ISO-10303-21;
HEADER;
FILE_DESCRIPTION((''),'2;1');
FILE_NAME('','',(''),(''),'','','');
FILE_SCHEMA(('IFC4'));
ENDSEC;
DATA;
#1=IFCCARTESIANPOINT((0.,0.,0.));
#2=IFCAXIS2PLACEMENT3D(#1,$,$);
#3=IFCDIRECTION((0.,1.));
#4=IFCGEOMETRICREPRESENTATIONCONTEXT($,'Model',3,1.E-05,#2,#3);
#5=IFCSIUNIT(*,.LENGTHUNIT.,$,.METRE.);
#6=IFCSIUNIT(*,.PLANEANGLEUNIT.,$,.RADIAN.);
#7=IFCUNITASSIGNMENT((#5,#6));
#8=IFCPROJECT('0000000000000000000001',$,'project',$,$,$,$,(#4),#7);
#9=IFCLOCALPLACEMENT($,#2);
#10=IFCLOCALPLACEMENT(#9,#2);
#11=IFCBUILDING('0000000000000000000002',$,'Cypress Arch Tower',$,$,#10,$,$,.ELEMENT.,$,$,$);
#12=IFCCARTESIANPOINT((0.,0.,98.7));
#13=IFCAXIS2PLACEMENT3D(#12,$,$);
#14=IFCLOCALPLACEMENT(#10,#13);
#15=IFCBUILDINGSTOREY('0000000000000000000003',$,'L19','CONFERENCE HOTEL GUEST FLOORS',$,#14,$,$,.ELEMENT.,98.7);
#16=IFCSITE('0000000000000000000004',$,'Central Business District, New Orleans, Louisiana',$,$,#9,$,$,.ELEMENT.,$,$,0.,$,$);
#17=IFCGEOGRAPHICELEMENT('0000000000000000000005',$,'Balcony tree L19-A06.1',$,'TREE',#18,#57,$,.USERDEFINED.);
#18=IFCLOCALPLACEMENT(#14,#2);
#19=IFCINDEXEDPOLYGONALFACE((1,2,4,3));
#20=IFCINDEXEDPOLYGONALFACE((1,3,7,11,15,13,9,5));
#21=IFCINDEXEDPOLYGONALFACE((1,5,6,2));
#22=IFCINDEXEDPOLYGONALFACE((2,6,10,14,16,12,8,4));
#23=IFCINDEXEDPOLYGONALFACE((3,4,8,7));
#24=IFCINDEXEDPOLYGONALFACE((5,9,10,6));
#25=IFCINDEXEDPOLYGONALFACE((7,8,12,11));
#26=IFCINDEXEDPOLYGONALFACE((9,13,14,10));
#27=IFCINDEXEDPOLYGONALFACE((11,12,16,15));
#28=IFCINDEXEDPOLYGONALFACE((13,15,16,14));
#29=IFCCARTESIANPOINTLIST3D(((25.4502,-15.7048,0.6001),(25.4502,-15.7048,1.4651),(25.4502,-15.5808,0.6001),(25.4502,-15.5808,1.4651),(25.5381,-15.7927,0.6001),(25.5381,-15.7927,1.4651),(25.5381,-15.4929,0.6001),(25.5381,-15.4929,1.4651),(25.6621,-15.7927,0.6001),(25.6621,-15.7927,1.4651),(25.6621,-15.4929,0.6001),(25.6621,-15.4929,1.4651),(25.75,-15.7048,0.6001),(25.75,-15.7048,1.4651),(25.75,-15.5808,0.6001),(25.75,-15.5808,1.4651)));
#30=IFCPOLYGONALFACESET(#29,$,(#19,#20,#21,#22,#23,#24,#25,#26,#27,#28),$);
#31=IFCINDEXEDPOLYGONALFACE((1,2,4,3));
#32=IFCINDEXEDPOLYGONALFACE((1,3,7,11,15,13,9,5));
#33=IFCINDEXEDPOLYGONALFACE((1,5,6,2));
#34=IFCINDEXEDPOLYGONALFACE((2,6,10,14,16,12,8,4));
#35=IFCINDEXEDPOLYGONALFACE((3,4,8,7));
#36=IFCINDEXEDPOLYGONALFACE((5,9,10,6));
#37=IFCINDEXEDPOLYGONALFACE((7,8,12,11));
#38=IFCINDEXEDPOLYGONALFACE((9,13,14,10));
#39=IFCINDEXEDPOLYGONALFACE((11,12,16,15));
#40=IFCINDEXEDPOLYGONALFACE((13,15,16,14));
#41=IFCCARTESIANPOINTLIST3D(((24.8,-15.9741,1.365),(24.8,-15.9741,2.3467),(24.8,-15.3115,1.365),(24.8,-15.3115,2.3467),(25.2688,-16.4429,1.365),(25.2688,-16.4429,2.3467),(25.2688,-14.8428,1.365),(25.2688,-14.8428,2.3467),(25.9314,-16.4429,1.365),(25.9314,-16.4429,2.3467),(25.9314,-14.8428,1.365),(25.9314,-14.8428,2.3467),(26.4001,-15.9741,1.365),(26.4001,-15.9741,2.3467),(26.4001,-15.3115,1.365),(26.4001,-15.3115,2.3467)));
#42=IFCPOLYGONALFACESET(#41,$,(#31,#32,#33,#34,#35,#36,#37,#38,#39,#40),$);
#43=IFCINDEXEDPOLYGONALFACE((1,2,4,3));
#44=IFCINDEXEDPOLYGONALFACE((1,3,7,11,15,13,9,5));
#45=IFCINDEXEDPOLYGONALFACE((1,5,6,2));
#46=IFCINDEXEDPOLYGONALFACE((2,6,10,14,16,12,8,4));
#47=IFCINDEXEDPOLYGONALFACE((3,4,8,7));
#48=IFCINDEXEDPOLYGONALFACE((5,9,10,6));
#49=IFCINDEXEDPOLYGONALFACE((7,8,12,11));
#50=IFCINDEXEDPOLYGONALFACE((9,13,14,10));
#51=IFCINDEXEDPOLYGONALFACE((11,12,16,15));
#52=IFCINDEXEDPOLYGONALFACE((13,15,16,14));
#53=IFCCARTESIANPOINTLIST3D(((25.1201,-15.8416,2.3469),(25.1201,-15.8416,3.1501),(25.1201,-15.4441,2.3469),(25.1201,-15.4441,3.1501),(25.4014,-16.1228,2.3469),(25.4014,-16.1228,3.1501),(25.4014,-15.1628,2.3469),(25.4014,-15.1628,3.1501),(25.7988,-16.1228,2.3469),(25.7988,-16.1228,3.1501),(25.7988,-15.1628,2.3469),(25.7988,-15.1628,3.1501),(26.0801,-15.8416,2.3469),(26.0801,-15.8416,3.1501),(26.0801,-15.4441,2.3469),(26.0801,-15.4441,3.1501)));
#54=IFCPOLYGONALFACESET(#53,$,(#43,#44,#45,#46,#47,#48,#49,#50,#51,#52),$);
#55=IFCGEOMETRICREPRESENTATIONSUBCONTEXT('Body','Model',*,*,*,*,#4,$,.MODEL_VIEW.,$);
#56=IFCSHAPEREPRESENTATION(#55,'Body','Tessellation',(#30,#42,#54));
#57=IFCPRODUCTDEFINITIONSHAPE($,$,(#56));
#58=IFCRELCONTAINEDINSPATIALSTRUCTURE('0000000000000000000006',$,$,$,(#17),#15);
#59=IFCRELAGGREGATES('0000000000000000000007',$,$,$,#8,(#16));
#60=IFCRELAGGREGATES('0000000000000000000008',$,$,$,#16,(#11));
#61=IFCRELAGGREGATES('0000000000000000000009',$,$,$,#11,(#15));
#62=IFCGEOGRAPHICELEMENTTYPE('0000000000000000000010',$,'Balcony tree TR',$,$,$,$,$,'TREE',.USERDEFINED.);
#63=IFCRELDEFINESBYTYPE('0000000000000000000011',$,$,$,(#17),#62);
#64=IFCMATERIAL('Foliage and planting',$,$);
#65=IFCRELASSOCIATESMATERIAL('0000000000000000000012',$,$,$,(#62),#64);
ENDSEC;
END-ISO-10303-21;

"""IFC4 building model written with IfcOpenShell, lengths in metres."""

from ifc_helpers import new_model, si_unit, direction, frame, origin, place, context, subcontext, project, spatial, polyline, outline, extrude, material, type_object, element, save


model = new_model("IFC4")

# Units and contexts
model_context = context("Model", 3, precision=1e-05, world=origin(), true_north=direction((0.0, 1.0)))
body_context = subcontext(model_context, "Body", "Model", "MODEL_VIEW")
ifc_project = project(units=[si_unit("LENGTHUNIT", "METRE"), si_unit("PLANEANGLEUNIT", "RADIAN")], contexts=[model_context])

# Site, building, storey
site_placement = place(None, origin())
site = spatial("IfcSite", under=ifc_project, at=site_placement, Name="Central Business District, New Orleans, Louisiana", CompositionType="ELEMENT", RefElevation=0.0)
building_placement = place(site_placement, origin())
building = spatial("IfcBuilding", under=site, at=building_placement, Name="Cypress Arch Tower", CompositionType="ELEMENT")
storey_placement = place(building_placement, frame((0.0, 0.0, 98.7)))
storey = spatial("IfcBuildingStorey", under=building, at=storey_placement, Name="L19", Description="CONFERENCE HOTEL GUEST FLOORS", CompositionType="ELEMENT", Elevation=98.7)

# Geographic element
ifc_material_1 = material(Name="Foliage and planting")
geographic_element_type = type_object("IfcGeographicElementType", Name="Balcony tree TR", ElementType="TREE", PredefinedType="USERDEFINED", material=ifc_material_1)
geographic_element_placement = place(storey_placement, frame((25.6001, -15.6428, 0.6001), z_axis=(0.0, 0.0, 1.0), x_axis=(1.0, 0.0, 0.0)))
element("IfcGeographicElement", 1, at=geographic_element_placement, inside=storey, type_object=geographic_element_type, Name="Balcony tree L19-A06.1", ObjectType="TREE", PredefinedType="USERDEFINED", context=body_context, shape_type="SweptSolid", body=[
    extrude(outline(polyline([(0.1499, 0.062), (0.062, 0.1499), (-0.062, 0.1499), (-0.1499, 0.062), (-0.1499, -0.062), (-0.062, -0.1499), (0.062, -0.1499), (0.1499, -0.062), (0.1499, 0.062)])), origin(), (0.0, 0.0, 1.0), 0.865),
    extrude(outline(polyline([(0.8, 0.3313), (0.3313, 0.8), (-0.3313, 0.8), (-0.8, 0.3313), (-0.8, -0.3313), (-0.3313, -0.8), (0.3313, -0.8), (0.8, -0.3313), (0.8, 0.3313)])), frame((0.0, 0.0, 0.7649)), (0.0, 0.0, 1.0), 0.9817),
    extrude(outline(polyline([(0.48, 0.1987), (0.1987, 0.48), (-0.1987, 0.48), (-0.48, 0.1987), (-0.48, -0.1987), (-0.1987, -0.48), (0.1987, -0.48), (0.48, -0.1987), (0.48, 0.1987)])), frame((0.0, 0.0, 1.7468)), (0.0, 0.0, 1.0), 0.8032),
])

save(model, "model.ifc")
